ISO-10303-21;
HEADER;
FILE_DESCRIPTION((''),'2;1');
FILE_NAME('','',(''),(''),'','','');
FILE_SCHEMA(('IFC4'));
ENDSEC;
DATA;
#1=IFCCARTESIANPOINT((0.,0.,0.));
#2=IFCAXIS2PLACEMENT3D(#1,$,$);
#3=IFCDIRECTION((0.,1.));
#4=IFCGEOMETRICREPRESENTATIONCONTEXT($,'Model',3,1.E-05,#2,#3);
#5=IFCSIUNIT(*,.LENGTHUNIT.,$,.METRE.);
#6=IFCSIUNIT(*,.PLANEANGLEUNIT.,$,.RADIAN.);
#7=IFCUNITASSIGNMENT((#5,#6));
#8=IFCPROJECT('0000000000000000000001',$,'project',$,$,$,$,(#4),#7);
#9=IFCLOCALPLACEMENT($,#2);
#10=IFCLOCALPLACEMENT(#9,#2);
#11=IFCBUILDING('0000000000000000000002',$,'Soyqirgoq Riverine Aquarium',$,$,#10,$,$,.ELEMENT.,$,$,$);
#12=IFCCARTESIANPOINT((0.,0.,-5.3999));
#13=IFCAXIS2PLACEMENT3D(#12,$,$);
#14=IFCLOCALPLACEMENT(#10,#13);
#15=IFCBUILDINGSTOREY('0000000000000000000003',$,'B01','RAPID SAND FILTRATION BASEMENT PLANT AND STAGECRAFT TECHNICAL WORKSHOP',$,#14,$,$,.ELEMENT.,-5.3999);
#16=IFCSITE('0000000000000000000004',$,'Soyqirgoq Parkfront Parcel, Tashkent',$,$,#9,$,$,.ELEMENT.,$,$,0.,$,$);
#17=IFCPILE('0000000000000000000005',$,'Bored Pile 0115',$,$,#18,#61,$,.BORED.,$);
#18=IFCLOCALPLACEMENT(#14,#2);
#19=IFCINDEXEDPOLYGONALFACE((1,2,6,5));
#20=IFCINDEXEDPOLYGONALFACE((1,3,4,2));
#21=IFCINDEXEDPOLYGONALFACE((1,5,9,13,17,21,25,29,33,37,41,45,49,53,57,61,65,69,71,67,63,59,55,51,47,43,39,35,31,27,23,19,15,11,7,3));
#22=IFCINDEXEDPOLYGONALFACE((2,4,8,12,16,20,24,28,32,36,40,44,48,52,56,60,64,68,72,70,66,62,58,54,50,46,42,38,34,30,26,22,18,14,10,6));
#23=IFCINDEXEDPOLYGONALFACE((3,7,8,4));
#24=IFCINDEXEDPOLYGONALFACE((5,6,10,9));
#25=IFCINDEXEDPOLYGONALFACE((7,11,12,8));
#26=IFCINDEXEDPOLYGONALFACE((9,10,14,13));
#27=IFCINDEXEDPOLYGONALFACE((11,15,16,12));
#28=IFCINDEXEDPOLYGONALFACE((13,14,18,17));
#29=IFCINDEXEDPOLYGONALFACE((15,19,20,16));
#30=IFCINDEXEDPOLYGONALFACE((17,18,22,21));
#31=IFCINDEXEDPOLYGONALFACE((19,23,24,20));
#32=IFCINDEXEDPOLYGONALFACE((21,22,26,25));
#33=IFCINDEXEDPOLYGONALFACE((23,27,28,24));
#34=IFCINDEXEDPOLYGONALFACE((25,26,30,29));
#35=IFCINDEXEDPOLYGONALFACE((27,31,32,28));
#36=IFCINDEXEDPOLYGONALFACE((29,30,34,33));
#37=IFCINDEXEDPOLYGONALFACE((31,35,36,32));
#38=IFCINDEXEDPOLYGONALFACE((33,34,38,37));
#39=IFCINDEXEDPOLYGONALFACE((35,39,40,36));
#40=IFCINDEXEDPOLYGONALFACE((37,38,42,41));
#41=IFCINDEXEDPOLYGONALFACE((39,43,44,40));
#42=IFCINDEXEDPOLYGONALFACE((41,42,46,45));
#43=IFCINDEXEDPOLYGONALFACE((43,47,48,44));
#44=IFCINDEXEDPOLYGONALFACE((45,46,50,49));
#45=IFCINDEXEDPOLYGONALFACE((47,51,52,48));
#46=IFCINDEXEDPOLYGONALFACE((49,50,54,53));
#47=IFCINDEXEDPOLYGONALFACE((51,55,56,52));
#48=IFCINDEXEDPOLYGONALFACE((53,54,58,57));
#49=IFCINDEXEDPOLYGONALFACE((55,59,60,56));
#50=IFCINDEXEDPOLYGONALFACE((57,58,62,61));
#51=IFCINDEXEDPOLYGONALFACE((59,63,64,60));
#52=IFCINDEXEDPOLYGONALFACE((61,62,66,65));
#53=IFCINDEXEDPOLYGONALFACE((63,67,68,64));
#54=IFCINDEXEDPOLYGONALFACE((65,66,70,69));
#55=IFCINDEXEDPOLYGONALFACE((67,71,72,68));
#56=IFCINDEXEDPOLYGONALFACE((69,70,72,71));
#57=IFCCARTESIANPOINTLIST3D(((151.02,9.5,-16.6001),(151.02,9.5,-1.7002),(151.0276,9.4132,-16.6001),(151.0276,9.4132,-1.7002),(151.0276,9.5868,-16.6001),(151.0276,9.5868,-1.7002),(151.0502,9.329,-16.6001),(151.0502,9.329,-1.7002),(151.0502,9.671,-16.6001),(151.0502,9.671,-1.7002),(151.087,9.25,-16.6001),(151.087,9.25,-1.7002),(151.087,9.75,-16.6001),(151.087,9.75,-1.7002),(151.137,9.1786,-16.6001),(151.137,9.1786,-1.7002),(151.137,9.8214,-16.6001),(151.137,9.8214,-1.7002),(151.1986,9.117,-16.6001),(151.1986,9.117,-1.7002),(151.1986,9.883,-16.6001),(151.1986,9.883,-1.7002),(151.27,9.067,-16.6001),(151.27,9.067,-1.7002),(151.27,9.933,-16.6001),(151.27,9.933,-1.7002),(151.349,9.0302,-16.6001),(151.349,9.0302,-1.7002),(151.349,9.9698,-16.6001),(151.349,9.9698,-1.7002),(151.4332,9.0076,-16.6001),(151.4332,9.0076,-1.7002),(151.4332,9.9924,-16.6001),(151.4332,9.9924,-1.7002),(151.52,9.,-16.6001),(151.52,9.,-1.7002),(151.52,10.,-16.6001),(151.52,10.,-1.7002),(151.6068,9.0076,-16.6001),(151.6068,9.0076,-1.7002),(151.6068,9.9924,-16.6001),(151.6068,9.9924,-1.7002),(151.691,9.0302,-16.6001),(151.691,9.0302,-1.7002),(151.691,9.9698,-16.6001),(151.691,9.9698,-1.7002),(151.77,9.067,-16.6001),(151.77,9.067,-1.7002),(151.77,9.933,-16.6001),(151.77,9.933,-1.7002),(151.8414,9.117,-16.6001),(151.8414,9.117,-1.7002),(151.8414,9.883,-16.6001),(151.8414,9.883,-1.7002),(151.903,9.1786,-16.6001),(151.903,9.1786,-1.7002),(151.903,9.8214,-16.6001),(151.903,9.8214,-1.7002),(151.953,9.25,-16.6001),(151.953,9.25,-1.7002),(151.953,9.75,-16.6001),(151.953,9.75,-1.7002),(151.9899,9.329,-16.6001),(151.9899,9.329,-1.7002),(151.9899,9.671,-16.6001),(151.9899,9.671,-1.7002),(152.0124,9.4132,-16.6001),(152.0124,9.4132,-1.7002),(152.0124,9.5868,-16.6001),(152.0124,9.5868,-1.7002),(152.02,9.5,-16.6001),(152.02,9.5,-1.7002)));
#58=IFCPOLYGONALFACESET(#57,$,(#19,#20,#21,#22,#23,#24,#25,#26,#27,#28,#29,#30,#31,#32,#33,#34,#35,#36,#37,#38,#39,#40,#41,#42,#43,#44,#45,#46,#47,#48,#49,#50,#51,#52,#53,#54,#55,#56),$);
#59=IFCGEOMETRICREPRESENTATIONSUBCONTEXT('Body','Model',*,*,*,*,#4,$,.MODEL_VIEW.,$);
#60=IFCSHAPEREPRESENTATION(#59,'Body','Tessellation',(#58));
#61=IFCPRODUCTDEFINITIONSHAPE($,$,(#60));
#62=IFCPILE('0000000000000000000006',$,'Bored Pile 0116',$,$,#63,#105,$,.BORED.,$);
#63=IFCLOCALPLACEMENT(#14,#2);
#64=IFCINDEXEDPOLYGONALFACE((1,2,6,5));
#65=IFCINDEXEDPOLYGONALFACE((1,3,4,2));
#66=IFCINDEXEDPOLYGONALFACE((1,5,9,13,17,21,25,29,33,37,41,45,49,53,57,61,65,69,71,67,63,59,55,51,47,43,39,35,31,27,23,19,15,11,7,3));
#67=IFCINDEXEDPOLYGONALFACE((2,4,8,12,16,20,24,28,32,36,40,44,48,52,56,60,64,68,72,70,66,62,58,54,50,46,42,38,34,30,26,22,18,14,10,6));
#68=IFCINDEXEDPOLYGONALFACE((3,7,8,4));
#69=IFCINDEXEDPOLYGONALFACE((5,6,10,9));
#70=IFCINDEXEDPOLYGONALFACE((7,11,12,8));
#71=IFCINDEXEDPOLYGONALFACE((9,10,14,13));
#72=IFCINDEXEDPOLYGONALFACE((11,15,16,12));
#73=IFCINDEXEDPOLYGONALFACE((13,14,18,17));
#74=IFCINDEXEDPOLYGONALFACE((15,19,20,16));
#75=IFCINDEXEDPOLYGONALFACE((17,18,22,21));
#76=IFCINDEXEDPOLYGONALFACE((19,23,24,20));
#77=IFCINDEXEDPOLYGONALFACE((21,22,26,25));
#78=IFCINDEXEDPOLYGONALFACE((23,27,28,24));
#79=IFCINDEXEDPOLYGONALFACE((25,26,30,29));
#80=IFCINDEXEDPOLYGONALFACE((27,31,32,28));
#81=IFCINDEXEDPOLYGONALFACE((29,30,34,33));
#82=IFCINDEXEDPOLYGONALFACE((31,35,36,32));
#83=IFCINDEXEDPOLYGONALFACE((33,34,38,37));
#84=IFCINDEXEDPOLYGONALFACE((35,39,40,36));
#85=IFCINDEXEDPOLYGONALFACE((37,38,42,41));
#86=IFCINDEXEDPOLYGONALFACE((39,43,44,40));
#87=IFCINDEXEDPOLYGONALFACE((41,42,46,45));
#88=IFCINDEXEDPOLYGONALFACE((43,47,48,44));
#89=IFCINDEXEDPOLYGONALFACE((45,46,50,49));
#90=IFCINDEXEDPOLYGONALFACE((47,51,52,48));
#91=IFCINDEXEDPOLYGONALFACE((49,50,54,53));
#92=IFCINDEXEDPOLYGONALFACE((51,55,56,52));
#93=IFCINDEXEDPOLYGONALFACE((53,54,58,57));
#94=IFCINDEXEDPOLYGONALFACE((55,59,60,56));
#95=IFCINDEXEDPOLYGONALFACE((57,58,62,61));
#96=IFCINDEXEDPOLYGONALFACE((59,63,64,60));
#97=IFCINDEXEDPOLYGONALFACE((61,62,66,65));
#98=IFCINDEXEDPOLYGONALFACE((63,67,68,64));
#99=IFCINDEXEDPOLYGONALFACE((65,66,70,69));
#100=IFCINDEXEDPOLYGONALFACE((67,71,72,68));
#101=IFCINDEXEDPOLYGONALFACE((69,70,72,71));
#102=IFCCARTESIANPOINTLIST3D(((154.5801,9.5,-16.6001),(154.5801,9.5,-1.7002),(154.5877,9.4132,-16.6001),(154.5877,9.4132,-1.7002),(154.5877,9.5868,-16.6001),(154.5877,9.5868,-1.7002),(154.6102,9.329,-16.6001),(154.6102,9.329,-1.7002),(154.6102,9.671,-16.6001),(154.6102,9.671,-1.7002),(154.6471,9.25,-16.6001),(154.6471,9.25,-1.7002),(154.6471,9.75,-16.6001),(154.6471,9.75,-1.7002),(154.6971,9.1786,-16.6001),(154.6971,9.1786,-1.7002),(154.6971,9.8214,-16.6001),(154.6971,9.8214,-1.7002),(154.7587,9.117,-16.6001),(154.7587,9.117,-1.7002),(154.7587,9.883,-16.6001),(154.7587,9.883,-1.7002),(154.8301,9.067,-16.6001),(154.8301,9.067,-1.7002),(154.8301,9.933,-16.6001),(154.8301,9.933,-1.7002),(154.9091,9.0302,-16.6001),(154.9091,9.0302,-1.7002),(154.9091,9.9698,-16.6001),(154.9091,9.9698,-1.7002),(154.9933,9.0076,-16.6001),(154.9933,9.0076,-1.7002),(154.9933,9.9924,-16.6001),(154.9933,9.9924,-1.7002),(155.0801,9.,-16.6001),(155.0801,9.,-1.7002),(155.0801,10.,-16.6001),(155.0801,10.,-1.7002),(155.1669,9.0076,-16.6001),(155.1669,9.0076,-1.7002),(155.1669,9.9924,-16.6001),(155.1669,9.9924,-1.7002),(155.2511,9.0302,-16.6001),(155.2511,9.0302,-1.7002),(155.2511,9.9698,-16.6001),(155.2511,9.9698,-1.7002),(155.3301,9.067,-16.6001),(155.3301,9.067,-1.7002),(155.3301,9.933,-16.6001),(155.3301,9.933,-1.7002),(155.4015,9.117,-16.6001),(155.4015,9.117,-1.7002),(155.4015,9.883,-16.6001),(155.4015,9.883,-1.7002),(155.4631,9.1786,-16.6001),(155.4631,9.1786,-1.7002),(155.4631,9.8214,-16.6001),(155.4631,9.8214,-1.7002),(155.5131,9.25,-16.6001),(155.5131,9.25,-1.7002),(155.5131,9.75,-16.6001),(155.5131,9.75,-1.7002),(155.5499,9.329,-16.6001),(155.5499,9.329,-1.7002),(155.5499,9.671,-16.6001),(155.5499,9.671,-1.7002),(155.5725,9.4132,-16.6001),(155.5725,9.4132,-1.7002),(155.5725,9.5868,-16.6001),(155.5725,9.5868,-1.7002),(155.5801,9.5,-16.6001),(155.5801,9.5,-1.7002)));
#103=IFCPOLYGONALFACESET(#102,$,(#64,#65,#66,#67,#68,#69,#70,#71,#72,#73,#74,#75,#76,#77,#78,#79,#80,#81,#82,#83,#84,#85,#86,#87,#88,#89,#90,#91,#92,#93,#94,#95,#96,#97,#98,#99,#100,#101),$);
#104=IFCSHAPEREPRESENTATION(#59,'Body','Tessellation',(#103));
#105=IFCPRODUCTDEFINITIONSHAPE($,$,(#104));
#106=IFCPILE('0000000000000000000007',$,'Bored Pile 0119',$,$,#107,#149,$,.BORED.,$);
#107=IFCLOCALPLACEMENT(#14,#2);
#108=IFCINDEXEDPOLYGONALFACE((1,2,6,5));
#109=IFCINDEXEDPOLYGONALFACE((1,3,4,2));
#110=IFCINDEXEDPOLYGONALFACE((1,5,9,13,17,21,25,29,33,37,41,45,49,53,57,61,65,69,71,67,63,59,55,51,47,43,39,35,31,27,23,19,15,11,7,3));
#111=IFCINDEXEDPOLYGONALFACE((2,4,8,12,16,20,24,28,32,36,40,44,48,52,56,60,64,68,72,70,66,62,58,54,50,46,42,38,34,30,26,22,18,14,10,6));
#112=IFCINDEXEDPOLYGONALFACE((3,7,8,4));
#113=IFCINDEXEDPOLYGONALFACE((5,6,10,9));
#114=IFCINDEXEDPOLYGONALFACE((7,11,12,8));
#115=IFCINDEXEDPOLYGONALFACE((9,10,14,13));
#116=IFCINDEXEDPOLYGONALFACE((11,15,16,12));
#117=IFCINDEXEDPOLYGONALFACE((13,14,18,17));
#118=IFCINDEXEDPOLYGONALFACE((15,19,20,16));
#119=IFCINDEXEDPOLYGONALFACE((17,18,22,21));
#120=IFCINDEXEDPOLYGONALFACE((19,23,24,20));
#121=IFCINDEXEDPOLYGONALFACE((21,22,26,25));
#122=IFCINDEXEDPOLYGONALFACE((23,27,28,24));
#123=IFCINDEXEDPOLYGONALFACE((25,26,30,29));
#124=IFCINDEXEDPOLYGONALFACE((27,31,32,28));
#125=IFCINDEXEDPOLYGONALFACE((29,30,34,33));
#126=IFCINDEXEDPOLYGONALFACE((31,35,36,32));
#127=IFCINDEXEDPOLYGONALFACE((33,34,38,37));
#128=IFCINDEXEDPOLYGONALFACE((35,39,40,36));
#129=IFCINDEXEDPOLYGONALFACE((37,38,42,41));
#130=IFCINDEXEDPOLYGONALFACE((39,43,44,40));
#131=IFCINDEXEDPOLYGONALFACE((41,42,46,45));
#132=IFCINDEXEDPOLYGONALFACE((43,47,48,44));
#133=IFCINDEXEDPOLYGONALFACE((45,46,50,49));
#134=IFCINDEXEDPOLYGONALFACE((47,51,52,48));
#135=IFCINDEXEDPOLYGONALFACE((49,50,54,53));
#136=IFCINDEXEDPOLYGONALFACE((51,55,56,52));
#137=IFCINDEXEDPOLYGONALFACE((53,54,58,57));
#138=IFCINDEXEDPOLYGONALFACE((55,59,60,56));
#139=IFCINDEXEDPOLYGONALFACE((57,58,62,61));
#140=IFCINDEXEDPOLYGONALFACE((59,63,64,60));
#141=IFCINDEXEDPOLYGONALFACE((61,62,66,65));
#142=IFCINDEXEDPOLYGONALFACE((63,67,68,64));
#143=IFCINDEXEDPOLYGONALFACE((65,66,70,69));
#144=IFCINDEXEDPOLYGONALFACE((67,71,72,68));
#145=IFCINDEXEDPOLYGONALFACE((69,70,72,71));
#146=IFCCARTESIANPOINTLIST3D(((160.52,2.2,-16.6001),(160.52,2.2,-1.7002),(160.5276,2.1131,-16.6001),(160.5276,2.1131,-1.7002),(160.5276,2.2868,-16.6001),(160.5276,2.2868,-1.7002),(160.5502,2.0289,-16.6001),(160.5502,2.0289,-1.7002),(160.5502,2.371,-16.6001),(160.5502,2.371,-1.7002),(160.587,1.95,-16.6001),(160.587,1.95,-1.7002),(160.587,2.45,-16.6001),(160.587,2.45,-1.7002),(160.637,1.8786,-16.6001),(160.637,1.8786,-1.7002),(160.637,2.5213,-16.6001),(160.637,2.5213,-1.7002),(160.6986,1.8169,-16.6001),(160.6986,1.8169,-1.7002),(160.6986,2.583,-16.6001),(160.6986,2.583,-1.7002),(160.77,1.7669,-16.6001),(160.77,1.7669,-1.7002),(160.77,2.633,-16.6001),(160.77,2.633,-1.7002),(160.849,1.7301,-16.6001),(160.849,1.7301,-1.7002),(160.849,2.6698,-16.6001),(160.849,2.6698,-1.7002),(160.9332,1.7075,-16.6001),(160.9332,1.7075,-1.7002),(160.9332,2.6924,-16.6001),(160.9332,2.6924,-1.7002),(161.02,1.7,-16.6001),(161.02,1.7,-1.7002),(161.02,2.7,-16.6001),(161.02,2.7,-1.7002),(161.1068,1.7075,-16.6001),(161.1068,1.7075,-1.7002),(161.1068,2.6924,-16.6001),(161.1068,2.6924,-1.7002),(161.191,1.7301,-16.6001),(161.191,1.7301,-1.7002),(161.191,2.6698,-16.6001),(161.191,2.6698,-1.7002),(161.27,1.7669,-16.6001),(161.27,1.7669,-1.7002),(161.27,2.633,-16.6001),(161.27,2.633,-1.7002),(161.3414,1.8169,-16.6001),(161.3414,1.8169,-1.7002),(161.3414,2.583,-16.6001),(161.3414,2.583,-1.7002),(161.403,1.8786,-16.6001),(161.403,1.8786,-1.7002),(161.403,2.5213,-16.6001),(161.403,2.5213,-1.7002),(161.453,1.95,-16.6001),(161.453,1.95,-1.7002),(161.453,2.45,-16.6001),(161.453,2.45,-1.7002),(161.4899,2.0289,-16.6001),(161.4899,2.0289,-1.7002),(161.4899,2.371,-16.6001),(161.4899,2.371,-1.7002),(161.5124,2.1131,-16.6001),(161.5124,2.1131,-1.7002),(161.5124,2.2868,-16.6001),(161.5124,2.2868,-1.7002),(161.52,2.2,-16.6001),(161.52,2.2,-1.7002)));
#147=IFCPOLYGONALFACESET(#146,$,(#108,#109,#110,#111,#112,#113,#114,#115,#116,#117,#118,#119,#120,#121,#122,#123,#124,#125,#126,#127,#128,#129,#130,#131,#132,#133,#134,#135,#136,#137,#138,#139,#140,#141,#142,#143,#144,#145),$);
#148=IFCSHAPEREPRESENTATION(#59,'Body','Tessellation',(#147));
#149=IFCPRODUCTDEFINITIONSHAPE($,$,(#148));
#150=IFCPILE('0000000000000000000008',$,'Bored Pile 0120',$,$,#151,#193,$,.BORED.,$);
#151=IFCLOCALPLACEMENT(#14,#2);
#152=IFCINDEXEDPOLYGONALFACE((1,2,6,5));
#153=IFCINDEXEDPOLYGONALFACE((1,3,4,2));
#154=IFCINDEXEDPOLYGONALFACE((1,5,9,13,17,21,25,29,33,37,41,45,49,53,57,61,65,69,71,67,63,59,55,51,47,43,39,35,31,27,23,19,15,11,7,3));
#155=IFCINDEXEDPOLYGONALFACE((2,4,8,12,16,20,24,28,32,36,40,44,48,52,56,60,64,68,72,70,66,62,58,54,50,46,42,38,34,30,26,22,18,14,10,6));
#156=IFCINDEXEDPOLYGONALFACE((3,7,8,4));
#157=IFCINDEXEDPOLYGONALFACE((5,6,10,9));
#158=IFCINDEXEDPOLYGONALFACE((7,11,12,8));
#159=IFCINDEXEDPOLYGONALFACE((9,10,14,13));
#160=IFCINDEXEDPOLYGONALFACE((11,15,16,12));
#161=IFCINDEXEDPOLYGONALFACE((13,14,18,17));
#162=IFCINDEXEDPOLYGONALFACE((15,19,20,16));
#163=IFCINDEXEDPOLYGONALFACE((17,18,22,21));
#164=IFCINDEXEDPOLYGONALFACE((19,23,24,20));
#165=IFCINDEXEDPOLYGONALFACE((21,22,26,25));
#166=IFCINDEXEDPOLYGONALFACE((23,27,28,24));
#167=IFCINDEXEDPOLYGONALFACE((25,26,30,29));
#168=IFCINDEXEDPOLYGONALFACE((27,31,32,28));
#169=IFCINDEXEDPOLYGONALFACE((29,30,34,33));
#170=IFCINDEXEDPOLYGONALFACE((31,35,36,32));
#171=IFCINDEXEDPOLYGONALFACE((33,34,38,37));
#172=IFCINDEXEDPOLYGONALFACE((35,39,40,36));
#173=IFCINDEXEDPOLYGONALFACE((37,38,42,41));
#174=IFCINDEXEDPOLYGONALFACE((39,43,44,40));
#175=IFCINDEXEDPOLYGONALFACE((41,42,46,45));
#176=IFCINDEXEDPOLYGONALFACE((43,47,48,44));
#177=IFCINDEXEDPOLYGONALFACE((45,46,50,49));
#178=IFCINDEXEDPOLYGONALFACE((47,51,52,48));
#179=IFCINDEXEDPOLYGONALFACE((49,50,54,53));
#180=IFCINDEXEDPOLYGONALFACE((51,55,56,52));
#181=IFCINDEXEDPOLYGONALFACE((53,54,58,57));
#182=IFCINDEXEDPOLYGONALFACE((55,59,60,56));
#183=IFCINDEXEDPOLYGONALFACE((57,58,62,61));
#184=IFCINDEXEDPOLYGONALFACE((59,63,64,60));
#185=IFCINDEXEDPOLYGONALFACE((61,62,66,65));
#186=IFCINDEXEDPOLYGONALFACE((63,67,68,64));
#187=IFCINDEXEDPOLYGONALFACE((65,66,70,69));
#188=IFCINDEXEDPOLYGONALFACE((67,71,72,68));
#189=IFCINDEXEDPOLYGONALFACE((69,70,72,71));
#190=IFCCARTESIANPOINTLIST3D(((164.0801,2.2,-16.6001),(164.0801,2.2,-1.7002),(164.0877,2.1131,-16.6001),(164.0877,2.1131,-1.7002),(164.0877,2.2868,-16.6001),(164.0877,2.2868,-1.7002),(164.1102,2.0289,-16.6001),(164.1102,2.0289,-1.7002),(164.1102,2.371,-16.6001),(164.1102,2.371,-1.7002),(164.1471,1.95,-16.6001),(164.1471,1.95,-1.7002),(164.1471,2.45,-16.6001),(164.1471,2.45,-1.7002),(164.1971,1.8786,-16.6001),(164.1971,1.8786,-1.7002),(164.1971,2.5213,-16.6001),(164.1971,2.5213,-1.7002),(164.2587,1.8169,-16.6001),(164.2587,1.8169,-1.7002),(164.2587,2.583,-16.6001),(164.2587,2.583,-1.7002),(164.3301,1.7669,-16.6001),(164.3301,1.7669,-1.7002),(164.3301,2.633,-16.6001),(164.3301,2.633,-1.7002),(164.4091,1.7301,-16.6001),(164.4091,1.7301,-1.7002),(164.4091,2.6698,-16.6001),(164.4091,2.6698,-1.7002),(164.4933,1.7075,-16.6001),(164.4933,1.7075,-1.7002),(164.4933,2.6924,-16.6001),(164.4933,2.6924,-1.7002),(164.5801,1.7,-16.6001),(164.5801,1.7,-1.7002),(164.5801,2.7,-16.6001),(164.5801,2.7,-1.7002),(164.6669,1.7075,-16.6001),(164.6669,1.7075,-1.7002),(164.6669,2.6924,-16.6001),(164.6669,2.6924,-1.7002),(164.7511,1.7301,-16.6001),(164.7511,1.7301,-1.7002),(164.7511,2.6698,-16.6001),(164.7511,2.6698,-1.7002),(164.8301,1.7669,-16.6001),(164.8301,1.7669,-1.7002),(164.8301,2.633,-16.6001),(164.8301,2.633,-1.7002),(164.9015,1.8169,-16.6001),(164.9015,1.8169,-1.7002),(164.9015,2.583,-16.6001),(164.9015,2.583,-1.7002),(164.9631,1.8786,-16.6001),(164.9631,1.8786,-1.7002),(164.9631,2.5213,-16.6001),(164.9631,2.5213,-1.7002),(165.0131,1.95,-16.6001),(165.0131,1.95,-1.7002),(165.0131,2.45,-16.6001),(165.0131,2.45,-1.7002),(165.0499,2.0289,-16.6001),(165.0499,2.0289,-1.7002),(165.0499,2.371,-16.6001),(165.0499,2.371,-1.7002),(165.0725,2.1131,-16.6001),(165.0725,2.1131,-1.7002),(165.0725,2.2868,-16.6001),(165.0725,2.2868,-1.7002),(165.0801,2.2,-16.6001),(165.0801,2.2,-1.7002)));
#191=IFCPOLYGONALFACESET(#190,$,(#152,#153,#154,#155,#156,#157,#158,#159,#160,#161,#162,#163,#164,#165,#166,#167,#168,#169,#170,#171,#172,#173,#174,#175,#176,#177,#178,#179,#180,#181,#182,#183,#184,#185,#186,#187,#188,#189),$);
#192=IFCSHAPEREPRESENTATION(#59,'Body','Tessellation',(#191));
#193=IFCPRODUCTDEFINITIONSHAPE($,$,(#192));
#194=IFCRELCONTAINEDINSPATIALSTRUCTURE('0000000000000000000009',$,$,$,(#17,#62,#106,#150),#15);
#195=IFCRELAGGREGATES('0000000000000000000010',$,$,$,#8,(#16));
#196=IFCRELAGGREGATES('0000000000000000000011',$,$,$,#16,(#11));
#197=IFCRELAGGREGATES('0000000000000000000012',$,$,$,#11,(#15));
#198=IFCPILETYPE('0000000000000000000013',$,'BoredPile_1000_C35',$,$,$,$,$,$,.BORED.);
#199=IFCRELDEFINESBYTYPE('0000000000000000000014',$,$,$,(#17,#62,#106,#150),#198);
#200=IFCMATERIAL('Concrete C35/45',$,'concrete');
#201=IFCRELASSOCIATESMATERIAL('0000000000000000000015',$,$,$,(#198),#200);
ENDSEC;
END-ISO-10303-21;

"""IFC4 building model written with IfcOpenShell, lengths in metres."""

from ifc_helpers import new_model, si_unit, direction, frame, origin, origin_2d, place, context, subcontext, project, spatial, circle, extrude, material, material_profile, profile_set, type_object, element, save


model = new_model("IFC4")

# Units and contexts
model_context = context("Model", 3, precision=1e-05, world=origin(), true_north=direction((0.0, 1.0)))
body_context = subcontext(model_context, "Body", "Model", "MODEL_VIEW")
ifc_project = project(units=[si_unit("LENGTHUNIT", "METRE"), si_unit("PLANEANGLEUNIT", "RADIAN")], contexts=[model_context])

# Site, building, storey
site_placement = place(None, origin())
site = spatial("IfcSite", under=ifc_project, at=site_placement, Name="Soyqirgoq Parkfront Parcel, Tashkent", CompositionType="ELEMENT", RefElevation=0.0)
building_placement = place(site_placement, origin())
building = spatial("IfcBuilding", under=site, at=building_placement, Name="Soyqirgoq Riverine Aquarium", CompositionType="ELEMENT")
storey_placement = place(building_placement, frame((0.0, 0.0, -5.3999)))
storey = spatial("IfcBuildingStorey", under=building, at=storey_placement, Name="B01", Description="RAPID SAND FILTRATION BASEMENT PLANT AND STAGECRAFT TECHNICAL WORKSHOP", CompositionType="ELEMENT", Elevation=-5.3999)

# Piles
ifc_material_1 = material(Name="Concrete C35/45", Category="concrete")
ifc_material_profile_1 = material_profile(ifc_material_1, circle(Radius=0.5, at=origin_2d()), Name="BP D1000")
ifc_profile_set_1 = profile_set([ifc_material_profile_1], Name="Concrete C35/45")
pile_type = type_object("IfcPileType", Name="BoredPile_1000_C35", PredefinedType="BORED", material=ifc_profile_set_1)
for number, where, z_axis, x_axis, name in (
    (1, (151.52, 9.5, -1.7002), (0.0, 0.0, -1.0), (1.0, 0.0, 0.0), "Bored Pile 0115"),
    (2, (155.0801, 9.5, -1.7002), (0.0, 0.0, -1.0), (1.0, 0.0, 0.0), "Bored Pile 0116"),
    (3, (161.02, 2.2, -1.7002), (0.0, 0.0, -1.0), (1.0, 0.0, 0.0), "Bored Pile 0119"),
    (4, (164.5801, 2.2, -1.7002), (0.0, 0.0, -1.0), (1.0, 0.0, 0.0), "Bored Pile 0120"),
):
    element("IfcPile", number, at=place(storey_placement, frame(where, z_axis=z_axis, x_axis=x_axis)), inside=storey, type_object=pile_type, Name=name, PredefinedType="BORED", context=body_context, shape_type="SweptSolid", body=[
        extrude(circle(Radius=0.5, at=origin_2d()), origin(), (0.0, 0.0, 1.0), 14.8999),
    ])

save(model, "model.ifc")
